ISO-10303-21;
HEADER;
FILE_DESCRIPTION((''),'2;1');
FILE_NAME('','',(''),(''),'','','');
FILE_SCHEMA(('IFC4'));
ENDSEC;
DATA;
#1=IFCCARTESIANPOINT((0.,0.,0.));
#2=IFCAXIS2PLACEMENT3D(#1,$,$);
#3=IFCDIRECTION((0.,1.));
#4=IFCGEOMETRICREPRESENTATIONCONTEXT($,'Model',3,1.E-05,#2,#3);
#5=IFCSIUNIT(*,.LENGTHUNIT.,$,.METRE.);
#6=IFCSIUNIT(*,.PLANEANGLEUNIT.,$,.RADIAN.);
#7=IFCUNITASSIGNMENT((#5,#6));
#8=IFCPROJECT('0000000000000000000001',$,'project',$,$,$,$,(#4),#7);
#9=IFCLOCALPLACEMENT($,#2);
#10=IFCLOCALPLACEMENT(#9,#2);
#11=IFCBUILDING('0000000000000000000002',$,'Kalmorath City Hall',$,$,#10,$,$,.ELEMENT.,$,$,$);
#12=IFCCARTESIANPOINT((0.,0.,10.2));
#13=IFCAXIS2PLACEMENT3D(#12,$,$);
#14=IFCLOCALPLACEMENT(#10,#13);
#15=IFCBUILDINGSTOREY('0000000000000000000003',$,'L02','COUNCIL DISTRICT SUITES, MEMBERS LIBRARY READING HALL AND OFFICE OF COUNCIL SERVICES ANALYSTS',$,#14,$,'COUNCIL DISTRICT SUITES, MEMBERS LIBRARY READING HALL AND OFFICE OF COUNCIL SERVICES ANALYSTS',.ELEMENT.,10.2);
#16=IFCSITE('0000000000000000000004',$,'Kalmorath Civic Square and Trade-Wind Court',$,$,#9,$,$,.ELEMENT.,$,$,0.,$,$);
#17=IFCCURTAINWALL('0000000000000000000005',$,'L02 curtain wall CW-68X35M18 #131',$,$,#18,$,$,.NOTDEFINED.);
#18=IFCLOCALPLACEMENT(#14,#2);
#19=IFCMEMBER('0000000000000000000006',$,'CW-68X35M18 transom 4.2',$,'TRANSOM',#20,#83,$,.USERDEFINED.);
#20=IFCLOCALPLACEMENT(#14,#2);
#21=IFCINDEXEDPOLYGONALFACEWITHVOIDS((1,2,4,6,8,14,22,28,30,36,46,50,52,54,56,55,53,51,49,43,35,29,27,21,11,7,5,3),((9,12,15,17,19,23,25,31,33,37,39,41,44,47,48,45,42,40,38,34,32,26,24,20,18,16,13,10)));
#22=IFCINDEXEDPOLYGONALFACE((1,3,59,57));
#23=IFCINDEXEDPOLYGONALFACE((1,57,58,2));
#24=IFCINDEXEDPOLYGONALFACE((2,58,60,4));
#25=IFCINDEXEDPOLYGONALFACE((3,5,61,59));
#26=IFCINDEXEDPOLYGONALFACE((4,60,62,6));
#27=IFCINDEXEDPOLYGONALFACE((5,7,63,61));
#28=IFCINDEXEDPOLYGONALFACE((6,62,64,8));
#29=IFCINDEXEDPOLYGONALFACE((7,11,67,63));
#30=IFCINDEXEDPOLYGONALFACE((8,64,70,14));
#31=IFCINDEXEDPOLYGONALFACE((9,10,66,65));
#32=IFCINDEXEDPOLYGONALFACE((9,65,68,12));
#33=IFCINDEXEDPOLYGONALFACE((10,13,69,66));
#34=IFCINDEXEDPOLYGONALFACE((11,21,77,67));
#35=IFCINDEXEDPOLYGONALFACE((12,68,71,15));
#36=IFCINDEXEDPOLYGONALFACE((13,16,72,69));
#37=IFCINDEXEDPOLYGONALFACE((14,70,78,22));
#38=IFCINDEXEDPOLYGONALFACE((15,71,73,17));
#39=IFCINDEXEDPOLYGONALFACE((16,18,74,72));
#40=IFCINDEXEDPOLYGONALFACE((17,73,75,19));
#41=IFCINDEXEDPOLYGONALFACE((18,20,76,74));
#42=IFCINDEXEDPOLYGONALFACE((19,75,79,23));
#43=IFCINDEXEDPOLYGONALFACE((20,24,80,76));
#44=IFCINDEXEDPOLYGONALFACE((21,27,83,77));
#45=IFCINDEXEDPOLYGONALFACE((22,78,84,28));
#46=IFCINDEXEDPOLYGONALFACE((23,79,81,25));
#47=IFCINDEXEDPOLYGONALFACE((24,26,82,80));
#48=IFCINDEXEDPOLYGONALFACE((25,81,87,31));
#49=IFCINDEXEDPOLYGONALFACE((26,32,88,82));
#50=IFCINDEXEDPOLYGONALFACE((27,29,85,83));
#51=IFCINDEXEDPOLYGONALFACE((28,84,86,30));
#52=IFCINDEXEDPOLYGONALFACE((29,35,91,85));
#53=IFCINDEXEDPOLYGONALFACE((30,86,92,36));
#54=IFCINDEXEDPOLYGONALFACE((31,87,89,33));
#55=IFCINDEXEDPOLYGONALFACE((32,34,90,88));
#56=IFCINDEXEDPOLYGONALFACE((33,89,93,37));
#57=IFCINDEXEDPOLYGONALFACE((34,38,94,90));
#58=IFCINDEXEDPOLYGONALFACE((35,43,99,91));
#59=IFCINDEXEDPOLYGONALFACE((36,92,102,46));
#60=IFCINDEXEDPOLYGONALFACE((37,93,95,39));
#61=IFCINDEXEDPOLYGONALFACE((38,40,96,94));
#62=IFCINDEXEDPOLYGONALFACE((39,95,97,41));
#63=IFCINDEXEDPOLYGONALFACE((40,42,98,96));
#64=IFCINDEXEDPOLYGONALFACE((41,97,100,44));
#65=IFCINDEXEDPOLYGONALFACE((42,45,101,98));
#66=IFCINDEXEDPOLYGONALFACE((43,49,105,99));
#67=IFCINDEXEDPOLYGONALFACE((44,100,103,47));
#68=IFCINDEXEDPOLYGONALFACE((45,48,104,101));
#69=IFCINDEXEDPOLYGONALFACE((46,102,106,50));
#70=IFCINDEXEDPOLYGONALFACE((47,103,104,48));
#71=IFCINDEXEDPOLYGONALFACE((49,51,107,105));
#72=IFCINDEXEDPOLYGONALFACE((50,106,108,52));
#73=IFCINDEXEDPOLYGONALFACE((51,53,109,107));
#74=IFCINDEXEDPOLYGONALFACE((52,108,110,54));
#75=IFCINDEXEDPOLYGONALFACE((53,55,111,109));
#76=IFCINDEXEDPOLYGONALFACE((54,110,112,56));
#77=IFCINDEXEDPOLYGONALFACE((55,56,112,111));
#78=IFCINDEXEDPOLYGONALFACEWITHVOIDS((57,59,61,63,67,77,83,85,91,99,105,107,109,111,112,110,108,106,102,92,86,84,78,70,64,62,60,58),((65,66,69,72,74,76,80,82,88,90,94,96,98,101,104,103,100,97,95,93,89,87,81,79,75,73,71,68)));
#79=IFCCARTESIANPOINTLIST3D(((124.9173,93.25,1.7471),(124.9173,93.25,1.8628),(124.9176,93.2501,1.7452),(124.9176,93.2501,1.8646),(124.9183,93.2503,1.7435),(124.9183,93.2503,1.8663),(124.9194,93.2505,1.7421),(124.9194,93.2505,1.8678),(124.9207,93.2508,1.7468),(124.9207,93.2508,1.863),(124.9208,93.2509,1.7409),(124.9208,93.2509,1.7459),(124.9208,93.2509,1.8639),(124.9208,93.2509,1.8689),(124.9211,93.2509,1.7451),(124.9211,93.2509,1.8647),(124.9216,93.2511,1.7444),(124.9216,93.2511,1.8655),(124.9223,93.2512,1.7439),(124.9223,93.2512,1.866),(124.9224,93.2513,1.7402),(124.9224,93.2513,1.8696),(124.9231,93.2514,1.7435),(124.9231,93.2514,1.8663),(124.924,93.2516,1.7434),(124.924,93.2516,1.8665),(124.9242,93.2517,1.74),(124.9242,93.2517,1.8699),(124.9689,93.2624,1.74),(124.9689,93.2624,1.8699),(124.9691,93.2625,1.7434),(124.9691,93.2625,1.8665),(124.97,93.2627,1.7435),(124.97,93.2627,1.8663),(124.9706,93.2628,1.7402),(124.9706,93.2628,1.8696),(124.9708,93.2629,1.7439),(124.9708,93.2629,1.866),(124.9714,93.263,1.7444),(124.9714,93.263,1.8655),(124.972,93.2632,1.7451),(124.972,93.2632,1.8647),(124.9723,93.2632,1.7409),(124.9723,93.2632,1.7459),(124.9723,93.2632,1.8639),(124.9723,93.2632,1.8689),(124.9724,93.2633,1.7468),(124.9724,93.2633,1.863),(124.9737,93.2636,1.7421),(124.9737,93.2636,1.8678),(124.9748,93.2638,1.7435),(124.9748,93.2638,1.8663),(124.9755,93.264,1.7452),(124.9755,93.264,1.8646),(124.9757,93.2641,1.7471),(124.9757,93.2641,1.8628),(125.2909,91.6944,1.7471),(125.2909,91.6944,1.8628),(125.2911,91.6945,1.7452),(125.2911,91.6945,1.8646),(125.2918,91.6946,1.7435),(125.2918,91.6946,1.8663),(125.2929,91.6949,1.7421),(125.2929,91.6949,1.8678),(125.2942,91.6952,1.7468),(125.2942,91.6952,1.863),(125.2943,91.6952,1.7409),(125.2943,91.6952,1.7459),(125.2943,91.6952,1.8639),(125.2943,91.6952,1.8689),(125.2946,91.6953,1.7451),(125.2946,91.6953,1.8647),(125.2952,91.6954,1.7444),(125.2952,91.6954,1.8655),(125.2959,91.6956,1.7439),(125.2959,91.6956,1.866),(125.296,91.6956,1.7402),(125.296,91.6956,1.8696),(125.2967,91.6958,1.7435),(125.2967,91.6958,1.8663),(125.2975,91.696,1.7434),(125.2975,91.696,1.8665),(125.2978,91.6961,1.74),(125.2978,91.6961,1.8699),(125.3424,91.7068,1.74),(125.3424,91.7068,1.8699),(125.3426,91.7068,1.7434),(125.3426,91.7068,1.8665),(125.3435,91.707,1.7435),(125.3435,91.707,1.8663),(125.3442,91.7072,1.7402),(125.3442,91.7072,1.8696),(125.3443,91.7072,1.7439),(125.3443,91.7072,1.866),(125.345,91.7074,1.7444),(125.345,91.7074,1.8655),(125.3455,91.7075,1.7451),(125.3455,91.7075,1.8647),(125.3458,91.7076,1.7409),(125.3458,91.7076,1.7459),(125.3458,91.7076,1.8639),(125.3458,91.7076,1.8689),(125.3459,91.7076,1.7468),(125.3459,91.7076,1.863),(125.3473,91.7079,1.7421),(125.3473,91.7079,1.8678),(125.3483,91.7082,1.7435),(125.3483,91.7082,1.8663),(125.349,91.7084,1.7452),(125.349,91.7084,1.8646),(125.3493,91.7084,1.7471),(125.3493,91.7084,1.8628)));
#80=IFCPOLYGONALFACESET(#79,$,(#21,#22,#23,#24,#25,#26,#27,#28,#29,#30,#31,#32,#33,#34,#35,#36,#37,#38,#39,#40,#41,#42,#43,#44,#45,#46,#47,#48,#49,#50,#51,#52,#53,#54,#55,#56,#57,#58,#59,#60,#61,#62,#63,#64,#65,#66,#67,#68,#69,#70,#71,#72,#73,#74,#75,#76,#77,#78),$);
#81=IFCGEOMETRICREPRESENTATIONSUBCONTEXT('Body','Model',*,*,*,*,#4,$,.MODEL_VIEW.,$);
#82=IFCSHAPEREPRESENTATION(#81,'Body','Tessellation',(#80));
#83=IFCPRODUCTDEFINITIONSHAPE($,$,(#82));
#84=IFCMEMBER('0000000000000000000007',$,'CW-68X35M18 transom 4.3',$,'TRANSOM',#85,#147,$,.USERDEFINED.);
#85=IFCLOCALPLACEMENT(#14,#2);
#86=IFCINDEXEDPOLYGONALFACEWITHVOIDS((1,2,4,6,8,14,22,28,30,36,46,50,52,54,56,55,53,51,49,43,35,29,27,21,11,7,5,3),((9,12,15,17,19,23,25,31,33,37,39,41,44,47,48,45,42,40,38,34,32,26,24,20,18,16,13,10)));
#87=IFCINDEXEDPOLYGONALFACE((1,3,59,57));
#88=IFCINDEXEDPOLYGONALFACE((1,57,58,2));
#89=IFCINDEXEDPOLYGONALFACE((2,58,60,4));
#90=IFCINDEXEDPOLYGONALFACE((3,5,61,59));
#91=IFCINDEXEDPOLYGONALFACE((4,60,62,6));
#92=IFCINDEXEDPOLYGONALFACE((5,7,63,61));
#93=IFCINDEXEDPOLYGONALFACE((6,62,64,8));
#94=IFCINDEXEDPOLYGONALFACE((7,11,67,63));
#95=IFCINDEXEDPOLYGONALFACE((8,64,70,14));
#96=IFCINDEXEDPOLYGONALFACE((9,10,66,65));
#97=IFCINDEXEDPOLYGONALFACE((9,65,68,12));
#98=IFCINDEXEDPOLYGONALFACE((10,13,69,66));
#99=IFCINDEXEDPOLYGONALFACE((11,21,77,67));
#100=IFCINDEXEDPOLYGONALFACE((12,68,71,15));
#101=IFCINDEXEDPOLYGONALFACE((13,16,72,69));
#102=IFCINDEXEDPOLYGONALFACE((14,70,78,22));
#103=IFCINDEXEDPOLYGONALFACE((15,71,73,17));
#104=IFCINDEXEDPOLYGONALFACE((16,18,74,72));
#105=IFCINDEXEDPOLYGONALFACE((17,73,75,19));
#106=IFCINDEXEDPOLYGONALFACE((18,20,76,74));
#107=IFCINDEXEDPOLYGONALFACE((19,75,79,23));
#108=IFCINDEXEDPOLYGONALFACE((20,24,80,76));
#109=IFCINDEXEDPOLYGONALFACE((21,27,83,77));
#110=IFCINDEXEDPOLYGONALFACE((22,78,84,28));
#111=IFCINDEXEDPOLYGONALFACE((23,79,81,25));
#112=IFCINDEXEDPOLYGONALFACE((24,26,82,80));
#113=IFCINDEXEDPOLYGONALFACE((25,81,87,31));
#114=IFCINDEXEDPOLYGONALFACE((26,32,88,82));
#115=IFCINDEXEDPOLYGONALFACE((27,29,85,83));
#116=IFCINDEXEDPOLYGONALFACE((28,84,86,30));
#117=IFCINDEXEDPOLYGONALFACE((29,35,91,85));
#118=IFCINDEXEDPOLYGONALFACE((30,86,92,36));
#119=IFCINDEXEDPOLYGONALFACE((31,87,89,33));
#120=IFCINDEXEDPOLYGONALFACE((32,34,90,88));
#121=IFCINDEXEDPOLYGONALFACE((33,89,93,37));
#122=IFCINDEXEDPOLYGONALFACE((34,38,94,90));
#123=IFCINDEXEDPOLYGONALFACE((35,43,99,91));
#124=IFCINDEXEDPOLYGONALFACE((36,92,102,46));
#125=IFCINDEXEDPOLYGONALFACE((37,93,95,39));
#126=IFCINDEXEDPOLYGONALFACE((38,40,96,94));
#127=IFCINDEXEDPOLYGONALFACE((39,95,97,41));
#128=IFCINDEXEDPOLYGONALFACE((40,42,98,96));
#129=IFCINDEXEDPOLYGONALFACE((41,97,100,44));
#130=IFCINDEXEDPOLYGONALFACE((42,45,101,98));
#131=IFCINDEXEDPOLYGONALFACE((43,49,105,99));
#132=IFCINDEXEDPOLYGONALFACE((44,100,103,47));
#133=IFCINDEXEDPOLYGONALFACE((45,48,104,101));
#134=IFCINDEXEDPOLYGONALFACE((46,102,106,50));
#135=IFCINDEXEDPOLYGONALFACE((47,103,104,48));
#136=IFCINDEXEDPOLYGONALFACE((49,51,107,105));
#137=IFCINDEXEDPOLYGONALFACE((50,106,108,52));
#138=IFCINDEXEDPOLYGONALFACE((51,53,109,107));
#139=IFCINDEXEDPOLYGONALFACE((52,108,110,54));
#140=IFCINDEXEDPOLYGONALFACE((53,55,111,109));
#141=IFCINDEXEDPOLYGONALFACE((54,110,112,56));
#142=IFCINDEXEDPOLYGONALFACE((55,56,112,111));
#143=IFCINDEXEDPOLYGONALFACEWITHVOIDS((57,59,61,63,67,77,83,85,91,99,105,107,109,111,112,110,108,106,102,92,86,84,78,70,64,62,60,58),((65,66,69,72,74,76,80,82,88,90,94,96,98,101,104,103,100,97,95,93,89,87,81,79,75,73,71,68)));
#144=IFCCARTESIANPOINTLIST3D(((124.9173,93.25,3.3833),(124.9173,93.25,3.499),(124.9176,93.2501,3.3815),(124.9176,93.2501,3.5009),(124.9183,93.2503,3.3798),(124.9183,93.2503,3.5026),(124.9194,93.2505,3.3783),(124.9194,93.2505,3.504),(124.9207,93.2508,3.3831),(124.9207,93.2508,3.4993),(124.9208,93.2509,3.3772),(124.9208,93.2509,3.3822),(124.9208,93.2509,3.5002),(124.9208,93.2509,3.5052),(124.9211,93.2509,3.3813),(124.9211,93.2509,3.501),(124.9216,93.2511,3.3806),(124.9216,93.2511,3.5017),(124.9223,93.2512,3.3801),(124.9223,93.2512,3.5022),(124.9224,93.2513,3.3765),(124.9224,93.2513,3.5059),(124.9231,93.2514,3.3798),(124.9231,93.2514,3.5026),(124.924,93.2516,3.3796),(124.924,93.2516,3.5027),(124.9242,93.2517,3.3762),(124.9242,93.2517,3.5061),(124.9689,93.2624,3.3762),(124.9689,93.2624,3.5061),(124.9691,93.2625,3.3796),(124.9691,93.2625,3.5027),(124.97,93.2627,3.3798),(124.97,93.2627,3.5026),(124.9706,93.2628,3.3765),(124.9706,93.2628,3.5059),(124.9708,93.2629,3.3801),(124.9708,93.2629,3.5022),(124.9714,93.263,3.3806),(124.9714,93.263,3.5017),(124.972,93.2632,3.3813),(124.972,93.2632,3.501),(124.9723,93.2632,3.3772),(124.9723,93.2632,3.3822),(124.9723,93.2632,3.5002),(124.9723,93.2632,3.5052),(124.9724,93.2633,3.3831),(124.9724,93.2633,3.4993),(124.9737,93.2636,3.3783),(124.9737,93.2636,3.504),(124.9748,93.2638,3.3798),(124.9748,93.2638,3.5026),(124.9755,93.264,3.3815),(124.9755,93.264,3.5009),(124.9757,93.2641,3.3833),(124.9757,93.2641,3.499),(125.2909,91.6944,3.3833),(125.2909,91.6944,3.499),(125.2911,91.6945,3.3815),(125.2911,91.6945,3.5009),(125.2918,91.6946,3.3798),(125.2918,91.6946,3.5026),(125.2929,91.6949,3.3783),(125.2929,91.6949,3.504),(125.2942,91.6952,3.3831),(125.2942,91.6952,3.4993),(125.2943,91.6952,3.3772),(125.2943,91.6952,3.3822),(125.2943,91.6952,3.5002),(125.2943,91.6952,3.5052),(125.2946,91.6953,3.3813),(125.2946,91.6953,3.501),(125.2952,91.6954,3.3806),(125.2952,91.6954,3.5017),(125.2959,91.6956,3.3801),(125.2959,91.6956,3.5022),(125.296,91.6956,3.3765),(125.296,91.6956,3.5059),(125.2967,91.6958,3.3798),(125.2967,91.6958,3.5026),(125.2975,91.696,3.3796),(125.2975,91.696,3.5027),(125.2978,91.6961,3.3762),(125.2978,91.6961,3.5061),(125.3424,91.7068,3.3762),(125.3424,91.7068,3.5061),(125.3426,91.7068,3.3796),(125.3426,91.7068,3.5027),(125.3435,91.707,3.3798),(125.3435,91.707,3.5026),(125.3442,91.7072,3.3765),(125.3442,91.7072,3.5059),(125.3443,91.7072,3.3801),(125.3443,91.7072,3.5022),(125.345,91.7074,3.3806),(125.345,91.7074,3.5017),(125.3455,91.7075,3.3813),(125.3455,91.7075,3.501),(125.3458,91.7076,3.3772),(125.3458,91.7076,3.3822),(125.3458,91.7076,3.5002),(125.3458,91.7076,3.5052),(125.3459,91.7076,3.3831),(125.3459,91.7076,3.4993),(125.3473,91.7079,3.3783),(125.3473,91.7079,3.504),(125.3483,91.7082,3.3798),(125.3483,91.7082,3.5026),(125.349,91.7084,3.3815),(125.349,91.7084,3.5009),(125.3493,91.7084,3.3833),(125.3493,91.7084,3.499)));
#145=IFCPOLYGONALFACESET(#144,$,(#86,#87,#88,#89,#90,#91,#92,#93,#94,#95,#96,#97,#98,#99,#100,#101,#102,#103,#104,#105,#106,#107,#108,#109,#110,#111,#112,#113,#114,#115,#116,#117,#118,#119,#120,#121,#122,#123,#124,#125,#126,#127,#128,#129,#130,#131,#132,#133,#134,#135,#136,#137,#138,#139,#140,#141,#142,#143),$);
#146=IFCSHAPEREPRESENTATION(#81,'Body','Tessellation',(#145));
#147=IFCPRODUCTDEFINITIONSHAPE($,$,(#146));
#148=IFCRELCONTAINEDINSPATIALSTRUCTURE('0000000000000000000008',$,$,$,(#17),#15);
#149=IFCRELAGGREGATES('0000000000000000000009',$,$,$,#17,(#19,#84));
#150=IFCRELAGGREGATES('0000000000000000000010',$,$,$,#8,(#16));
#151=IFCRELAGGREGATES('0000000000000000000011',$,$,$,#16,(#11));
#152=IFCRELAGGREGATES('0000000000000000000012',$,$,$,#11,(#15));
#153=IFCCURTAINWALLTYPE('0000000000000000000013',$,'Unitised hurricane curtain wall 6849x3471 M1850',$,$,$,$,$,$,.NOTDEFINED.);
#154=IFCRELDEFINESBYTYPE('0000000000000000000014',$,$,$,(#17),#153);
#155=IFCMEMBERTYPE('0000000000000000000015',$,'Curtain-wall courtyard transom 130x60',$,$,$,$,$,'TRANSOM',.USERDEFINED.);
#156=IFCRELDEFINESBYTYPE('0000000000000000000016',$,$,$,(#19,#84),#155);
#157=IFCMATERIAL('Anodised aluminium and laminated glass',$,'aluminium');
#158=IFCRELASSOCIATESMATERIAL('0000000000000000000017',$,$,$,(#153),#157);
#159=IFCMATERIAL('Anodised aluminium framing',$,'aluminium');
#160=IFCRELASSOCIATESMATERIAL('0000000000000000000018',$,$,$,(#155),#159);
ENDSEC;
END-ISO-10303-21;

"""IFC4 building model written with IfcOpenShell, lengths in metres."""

from ifc_helpers import new_model, si_unit, direction, frame, origin, origin_2d, place, context, subcontext, project, spatial, hollow_rectangle, extrude, material, material_profile, profile_set, type_object, element, aggregate, save


model = new_model("IFC4")

# Units and contexts
model_context = context("Model", 3, precision=1e-05, world=origin(), true_north=direction((0.0, 1.0)))
body_context = subcontext(model_context, "Body", "Model", "MODEL_VIEW")
ifc_project = project(units=[si_unit("LENGTHUNIT", "METRE"), si_unit("PLANEANGLEUNIT", "RADIAN")], contexts=[model_context])

# Site, building, storey
site_placement = place(None, origin())
site = spatial("IfcSite", under=ifc_project, at=site_placement, Name="Kalmorath Civic Square and Trade-Wind Court", CompositionType="ELEMENT", RefElevation=0.0)
building_placement = place(site_placement, origin())
building = spatial("IfcBuilding", under=site, at=building_placement, Name="Kalmorath City Hall", CompositionType="ELEMENT")
storey_placement = place(building_placement, frame((0.0, 0.0, 10.2)))
storey = spatial("IfcBuildingStorey", under=building, at=storey_placement, Name="L02", Description="COUNCIL DISTRICT SUITES, MEMBERS LIBRARY READING HALL AND OFFICE OF COUNCIL SERVICES ANALYSTS", LongName="COUNCIL DISTRICT SUITES, MEMBERS LIBRARY READING HALL AND OFFICE OF COUNCIL SERVICES ANALYSTS", CompositionType="ELEMENT", Elevation=10.2)

# Curtain wall, members
ifc_material_1 = material(Name="Anodised aluminium and laminated glass", Category="aluminium")
curtain_wall_type_1 = type_object("IfcCurtainWallType", Name="Unitised hurricane curtain wall 6849x3471 M1850", PredefinedType="NOTDEFINED", material=ifc_material_1)
curtain_wall_1_placement = place(storey_placement, origin())
curtain_wall_1 = element("IfcCurtainWall", 1, at=curtain_wall_1_placement, inside=storey, type_object=curtain_wall_type_1, Name="L02 curtain wall CW-68X35M18 #131", PredefinedType="NOTDEFINED")
ifc_material_2 = material(Name="Anodised aluminium framing", Category="aluminium")
ifc_material_profile_1 = material_profile(ifc_material_2, hollow_rectangle(XDim=0.0601, YDim=0.1299, WallThickness=0.0034, InnerFilletRadius=0.0034, OuterFilletRadius=0.0071, at=origin_2d()), Name="ALU-TRN-130X60X3.5")
ifc_profile_set_1 = profile_set([ifc_material_profile_1], Name="Anodised aluminium framing")
member_type_1 = type_object("IfcMemberType", Name="Curtain-wall courtyard transom 130x60", ElementType="TRANSOM", PredefinedType="USERDEFINED", material=ifc_profile_set_1)
member_1_placement = place(storey_placement, frame((125.3201, 91.7014, 1.8049), z_axis=(-0.233477, 0.972362, 0.0), x_axis=(-0.972362, -0.233477, 0.0)))
member_1 = element("IfcMember", 2, at=member_1_placement, type_object=member_type_1, Name="CW-68X35M18 transom 4.2", ObjectType="TRANSOM", PredefinedType="USERDEFINED", context=body_context, shape_type="SweptSolid", body=[
    extrude(hollow_rectangle(XDim=0.0601, YDim=0.1299, WallThickness=0.0034, InnerFilletRadius=0.0034, OuterFilletRadius=0.0071, at=origin_2d()), origin(), (0.0, 0.0, 1.0), 1.5999),
])
member_2_placement = place(storey_placement, frame((125.3201, 91.7014, 3.4412), z_axis=(-0.233477, 0.972362, 0.0), x_axis=(-0.972362, -0.233477, 0.0)))
member_2 = element("IfcMember", 3, at=member_2_placement, type_object=member_type_1, Name="CW-68X35M18 transom 4.3", ObjectType="TRANSOM", PredefinedType="USERDEFINED", context=body_context, shape_type="SweptSolid", body=[
    extrude(hollow_rectangle(XDim=0.0601, YDim=0.1299, WallThickness=0.0034, InnerFilletRadius=0.0034, OuterFilletRadius=0.0071, at=origin_2d()), origin(), (0.0, 0.0, 1.0), 1.5999),
])

aggregate(curtain_wall_1, [member_1, member_2])

save(model, "model.ifc")
